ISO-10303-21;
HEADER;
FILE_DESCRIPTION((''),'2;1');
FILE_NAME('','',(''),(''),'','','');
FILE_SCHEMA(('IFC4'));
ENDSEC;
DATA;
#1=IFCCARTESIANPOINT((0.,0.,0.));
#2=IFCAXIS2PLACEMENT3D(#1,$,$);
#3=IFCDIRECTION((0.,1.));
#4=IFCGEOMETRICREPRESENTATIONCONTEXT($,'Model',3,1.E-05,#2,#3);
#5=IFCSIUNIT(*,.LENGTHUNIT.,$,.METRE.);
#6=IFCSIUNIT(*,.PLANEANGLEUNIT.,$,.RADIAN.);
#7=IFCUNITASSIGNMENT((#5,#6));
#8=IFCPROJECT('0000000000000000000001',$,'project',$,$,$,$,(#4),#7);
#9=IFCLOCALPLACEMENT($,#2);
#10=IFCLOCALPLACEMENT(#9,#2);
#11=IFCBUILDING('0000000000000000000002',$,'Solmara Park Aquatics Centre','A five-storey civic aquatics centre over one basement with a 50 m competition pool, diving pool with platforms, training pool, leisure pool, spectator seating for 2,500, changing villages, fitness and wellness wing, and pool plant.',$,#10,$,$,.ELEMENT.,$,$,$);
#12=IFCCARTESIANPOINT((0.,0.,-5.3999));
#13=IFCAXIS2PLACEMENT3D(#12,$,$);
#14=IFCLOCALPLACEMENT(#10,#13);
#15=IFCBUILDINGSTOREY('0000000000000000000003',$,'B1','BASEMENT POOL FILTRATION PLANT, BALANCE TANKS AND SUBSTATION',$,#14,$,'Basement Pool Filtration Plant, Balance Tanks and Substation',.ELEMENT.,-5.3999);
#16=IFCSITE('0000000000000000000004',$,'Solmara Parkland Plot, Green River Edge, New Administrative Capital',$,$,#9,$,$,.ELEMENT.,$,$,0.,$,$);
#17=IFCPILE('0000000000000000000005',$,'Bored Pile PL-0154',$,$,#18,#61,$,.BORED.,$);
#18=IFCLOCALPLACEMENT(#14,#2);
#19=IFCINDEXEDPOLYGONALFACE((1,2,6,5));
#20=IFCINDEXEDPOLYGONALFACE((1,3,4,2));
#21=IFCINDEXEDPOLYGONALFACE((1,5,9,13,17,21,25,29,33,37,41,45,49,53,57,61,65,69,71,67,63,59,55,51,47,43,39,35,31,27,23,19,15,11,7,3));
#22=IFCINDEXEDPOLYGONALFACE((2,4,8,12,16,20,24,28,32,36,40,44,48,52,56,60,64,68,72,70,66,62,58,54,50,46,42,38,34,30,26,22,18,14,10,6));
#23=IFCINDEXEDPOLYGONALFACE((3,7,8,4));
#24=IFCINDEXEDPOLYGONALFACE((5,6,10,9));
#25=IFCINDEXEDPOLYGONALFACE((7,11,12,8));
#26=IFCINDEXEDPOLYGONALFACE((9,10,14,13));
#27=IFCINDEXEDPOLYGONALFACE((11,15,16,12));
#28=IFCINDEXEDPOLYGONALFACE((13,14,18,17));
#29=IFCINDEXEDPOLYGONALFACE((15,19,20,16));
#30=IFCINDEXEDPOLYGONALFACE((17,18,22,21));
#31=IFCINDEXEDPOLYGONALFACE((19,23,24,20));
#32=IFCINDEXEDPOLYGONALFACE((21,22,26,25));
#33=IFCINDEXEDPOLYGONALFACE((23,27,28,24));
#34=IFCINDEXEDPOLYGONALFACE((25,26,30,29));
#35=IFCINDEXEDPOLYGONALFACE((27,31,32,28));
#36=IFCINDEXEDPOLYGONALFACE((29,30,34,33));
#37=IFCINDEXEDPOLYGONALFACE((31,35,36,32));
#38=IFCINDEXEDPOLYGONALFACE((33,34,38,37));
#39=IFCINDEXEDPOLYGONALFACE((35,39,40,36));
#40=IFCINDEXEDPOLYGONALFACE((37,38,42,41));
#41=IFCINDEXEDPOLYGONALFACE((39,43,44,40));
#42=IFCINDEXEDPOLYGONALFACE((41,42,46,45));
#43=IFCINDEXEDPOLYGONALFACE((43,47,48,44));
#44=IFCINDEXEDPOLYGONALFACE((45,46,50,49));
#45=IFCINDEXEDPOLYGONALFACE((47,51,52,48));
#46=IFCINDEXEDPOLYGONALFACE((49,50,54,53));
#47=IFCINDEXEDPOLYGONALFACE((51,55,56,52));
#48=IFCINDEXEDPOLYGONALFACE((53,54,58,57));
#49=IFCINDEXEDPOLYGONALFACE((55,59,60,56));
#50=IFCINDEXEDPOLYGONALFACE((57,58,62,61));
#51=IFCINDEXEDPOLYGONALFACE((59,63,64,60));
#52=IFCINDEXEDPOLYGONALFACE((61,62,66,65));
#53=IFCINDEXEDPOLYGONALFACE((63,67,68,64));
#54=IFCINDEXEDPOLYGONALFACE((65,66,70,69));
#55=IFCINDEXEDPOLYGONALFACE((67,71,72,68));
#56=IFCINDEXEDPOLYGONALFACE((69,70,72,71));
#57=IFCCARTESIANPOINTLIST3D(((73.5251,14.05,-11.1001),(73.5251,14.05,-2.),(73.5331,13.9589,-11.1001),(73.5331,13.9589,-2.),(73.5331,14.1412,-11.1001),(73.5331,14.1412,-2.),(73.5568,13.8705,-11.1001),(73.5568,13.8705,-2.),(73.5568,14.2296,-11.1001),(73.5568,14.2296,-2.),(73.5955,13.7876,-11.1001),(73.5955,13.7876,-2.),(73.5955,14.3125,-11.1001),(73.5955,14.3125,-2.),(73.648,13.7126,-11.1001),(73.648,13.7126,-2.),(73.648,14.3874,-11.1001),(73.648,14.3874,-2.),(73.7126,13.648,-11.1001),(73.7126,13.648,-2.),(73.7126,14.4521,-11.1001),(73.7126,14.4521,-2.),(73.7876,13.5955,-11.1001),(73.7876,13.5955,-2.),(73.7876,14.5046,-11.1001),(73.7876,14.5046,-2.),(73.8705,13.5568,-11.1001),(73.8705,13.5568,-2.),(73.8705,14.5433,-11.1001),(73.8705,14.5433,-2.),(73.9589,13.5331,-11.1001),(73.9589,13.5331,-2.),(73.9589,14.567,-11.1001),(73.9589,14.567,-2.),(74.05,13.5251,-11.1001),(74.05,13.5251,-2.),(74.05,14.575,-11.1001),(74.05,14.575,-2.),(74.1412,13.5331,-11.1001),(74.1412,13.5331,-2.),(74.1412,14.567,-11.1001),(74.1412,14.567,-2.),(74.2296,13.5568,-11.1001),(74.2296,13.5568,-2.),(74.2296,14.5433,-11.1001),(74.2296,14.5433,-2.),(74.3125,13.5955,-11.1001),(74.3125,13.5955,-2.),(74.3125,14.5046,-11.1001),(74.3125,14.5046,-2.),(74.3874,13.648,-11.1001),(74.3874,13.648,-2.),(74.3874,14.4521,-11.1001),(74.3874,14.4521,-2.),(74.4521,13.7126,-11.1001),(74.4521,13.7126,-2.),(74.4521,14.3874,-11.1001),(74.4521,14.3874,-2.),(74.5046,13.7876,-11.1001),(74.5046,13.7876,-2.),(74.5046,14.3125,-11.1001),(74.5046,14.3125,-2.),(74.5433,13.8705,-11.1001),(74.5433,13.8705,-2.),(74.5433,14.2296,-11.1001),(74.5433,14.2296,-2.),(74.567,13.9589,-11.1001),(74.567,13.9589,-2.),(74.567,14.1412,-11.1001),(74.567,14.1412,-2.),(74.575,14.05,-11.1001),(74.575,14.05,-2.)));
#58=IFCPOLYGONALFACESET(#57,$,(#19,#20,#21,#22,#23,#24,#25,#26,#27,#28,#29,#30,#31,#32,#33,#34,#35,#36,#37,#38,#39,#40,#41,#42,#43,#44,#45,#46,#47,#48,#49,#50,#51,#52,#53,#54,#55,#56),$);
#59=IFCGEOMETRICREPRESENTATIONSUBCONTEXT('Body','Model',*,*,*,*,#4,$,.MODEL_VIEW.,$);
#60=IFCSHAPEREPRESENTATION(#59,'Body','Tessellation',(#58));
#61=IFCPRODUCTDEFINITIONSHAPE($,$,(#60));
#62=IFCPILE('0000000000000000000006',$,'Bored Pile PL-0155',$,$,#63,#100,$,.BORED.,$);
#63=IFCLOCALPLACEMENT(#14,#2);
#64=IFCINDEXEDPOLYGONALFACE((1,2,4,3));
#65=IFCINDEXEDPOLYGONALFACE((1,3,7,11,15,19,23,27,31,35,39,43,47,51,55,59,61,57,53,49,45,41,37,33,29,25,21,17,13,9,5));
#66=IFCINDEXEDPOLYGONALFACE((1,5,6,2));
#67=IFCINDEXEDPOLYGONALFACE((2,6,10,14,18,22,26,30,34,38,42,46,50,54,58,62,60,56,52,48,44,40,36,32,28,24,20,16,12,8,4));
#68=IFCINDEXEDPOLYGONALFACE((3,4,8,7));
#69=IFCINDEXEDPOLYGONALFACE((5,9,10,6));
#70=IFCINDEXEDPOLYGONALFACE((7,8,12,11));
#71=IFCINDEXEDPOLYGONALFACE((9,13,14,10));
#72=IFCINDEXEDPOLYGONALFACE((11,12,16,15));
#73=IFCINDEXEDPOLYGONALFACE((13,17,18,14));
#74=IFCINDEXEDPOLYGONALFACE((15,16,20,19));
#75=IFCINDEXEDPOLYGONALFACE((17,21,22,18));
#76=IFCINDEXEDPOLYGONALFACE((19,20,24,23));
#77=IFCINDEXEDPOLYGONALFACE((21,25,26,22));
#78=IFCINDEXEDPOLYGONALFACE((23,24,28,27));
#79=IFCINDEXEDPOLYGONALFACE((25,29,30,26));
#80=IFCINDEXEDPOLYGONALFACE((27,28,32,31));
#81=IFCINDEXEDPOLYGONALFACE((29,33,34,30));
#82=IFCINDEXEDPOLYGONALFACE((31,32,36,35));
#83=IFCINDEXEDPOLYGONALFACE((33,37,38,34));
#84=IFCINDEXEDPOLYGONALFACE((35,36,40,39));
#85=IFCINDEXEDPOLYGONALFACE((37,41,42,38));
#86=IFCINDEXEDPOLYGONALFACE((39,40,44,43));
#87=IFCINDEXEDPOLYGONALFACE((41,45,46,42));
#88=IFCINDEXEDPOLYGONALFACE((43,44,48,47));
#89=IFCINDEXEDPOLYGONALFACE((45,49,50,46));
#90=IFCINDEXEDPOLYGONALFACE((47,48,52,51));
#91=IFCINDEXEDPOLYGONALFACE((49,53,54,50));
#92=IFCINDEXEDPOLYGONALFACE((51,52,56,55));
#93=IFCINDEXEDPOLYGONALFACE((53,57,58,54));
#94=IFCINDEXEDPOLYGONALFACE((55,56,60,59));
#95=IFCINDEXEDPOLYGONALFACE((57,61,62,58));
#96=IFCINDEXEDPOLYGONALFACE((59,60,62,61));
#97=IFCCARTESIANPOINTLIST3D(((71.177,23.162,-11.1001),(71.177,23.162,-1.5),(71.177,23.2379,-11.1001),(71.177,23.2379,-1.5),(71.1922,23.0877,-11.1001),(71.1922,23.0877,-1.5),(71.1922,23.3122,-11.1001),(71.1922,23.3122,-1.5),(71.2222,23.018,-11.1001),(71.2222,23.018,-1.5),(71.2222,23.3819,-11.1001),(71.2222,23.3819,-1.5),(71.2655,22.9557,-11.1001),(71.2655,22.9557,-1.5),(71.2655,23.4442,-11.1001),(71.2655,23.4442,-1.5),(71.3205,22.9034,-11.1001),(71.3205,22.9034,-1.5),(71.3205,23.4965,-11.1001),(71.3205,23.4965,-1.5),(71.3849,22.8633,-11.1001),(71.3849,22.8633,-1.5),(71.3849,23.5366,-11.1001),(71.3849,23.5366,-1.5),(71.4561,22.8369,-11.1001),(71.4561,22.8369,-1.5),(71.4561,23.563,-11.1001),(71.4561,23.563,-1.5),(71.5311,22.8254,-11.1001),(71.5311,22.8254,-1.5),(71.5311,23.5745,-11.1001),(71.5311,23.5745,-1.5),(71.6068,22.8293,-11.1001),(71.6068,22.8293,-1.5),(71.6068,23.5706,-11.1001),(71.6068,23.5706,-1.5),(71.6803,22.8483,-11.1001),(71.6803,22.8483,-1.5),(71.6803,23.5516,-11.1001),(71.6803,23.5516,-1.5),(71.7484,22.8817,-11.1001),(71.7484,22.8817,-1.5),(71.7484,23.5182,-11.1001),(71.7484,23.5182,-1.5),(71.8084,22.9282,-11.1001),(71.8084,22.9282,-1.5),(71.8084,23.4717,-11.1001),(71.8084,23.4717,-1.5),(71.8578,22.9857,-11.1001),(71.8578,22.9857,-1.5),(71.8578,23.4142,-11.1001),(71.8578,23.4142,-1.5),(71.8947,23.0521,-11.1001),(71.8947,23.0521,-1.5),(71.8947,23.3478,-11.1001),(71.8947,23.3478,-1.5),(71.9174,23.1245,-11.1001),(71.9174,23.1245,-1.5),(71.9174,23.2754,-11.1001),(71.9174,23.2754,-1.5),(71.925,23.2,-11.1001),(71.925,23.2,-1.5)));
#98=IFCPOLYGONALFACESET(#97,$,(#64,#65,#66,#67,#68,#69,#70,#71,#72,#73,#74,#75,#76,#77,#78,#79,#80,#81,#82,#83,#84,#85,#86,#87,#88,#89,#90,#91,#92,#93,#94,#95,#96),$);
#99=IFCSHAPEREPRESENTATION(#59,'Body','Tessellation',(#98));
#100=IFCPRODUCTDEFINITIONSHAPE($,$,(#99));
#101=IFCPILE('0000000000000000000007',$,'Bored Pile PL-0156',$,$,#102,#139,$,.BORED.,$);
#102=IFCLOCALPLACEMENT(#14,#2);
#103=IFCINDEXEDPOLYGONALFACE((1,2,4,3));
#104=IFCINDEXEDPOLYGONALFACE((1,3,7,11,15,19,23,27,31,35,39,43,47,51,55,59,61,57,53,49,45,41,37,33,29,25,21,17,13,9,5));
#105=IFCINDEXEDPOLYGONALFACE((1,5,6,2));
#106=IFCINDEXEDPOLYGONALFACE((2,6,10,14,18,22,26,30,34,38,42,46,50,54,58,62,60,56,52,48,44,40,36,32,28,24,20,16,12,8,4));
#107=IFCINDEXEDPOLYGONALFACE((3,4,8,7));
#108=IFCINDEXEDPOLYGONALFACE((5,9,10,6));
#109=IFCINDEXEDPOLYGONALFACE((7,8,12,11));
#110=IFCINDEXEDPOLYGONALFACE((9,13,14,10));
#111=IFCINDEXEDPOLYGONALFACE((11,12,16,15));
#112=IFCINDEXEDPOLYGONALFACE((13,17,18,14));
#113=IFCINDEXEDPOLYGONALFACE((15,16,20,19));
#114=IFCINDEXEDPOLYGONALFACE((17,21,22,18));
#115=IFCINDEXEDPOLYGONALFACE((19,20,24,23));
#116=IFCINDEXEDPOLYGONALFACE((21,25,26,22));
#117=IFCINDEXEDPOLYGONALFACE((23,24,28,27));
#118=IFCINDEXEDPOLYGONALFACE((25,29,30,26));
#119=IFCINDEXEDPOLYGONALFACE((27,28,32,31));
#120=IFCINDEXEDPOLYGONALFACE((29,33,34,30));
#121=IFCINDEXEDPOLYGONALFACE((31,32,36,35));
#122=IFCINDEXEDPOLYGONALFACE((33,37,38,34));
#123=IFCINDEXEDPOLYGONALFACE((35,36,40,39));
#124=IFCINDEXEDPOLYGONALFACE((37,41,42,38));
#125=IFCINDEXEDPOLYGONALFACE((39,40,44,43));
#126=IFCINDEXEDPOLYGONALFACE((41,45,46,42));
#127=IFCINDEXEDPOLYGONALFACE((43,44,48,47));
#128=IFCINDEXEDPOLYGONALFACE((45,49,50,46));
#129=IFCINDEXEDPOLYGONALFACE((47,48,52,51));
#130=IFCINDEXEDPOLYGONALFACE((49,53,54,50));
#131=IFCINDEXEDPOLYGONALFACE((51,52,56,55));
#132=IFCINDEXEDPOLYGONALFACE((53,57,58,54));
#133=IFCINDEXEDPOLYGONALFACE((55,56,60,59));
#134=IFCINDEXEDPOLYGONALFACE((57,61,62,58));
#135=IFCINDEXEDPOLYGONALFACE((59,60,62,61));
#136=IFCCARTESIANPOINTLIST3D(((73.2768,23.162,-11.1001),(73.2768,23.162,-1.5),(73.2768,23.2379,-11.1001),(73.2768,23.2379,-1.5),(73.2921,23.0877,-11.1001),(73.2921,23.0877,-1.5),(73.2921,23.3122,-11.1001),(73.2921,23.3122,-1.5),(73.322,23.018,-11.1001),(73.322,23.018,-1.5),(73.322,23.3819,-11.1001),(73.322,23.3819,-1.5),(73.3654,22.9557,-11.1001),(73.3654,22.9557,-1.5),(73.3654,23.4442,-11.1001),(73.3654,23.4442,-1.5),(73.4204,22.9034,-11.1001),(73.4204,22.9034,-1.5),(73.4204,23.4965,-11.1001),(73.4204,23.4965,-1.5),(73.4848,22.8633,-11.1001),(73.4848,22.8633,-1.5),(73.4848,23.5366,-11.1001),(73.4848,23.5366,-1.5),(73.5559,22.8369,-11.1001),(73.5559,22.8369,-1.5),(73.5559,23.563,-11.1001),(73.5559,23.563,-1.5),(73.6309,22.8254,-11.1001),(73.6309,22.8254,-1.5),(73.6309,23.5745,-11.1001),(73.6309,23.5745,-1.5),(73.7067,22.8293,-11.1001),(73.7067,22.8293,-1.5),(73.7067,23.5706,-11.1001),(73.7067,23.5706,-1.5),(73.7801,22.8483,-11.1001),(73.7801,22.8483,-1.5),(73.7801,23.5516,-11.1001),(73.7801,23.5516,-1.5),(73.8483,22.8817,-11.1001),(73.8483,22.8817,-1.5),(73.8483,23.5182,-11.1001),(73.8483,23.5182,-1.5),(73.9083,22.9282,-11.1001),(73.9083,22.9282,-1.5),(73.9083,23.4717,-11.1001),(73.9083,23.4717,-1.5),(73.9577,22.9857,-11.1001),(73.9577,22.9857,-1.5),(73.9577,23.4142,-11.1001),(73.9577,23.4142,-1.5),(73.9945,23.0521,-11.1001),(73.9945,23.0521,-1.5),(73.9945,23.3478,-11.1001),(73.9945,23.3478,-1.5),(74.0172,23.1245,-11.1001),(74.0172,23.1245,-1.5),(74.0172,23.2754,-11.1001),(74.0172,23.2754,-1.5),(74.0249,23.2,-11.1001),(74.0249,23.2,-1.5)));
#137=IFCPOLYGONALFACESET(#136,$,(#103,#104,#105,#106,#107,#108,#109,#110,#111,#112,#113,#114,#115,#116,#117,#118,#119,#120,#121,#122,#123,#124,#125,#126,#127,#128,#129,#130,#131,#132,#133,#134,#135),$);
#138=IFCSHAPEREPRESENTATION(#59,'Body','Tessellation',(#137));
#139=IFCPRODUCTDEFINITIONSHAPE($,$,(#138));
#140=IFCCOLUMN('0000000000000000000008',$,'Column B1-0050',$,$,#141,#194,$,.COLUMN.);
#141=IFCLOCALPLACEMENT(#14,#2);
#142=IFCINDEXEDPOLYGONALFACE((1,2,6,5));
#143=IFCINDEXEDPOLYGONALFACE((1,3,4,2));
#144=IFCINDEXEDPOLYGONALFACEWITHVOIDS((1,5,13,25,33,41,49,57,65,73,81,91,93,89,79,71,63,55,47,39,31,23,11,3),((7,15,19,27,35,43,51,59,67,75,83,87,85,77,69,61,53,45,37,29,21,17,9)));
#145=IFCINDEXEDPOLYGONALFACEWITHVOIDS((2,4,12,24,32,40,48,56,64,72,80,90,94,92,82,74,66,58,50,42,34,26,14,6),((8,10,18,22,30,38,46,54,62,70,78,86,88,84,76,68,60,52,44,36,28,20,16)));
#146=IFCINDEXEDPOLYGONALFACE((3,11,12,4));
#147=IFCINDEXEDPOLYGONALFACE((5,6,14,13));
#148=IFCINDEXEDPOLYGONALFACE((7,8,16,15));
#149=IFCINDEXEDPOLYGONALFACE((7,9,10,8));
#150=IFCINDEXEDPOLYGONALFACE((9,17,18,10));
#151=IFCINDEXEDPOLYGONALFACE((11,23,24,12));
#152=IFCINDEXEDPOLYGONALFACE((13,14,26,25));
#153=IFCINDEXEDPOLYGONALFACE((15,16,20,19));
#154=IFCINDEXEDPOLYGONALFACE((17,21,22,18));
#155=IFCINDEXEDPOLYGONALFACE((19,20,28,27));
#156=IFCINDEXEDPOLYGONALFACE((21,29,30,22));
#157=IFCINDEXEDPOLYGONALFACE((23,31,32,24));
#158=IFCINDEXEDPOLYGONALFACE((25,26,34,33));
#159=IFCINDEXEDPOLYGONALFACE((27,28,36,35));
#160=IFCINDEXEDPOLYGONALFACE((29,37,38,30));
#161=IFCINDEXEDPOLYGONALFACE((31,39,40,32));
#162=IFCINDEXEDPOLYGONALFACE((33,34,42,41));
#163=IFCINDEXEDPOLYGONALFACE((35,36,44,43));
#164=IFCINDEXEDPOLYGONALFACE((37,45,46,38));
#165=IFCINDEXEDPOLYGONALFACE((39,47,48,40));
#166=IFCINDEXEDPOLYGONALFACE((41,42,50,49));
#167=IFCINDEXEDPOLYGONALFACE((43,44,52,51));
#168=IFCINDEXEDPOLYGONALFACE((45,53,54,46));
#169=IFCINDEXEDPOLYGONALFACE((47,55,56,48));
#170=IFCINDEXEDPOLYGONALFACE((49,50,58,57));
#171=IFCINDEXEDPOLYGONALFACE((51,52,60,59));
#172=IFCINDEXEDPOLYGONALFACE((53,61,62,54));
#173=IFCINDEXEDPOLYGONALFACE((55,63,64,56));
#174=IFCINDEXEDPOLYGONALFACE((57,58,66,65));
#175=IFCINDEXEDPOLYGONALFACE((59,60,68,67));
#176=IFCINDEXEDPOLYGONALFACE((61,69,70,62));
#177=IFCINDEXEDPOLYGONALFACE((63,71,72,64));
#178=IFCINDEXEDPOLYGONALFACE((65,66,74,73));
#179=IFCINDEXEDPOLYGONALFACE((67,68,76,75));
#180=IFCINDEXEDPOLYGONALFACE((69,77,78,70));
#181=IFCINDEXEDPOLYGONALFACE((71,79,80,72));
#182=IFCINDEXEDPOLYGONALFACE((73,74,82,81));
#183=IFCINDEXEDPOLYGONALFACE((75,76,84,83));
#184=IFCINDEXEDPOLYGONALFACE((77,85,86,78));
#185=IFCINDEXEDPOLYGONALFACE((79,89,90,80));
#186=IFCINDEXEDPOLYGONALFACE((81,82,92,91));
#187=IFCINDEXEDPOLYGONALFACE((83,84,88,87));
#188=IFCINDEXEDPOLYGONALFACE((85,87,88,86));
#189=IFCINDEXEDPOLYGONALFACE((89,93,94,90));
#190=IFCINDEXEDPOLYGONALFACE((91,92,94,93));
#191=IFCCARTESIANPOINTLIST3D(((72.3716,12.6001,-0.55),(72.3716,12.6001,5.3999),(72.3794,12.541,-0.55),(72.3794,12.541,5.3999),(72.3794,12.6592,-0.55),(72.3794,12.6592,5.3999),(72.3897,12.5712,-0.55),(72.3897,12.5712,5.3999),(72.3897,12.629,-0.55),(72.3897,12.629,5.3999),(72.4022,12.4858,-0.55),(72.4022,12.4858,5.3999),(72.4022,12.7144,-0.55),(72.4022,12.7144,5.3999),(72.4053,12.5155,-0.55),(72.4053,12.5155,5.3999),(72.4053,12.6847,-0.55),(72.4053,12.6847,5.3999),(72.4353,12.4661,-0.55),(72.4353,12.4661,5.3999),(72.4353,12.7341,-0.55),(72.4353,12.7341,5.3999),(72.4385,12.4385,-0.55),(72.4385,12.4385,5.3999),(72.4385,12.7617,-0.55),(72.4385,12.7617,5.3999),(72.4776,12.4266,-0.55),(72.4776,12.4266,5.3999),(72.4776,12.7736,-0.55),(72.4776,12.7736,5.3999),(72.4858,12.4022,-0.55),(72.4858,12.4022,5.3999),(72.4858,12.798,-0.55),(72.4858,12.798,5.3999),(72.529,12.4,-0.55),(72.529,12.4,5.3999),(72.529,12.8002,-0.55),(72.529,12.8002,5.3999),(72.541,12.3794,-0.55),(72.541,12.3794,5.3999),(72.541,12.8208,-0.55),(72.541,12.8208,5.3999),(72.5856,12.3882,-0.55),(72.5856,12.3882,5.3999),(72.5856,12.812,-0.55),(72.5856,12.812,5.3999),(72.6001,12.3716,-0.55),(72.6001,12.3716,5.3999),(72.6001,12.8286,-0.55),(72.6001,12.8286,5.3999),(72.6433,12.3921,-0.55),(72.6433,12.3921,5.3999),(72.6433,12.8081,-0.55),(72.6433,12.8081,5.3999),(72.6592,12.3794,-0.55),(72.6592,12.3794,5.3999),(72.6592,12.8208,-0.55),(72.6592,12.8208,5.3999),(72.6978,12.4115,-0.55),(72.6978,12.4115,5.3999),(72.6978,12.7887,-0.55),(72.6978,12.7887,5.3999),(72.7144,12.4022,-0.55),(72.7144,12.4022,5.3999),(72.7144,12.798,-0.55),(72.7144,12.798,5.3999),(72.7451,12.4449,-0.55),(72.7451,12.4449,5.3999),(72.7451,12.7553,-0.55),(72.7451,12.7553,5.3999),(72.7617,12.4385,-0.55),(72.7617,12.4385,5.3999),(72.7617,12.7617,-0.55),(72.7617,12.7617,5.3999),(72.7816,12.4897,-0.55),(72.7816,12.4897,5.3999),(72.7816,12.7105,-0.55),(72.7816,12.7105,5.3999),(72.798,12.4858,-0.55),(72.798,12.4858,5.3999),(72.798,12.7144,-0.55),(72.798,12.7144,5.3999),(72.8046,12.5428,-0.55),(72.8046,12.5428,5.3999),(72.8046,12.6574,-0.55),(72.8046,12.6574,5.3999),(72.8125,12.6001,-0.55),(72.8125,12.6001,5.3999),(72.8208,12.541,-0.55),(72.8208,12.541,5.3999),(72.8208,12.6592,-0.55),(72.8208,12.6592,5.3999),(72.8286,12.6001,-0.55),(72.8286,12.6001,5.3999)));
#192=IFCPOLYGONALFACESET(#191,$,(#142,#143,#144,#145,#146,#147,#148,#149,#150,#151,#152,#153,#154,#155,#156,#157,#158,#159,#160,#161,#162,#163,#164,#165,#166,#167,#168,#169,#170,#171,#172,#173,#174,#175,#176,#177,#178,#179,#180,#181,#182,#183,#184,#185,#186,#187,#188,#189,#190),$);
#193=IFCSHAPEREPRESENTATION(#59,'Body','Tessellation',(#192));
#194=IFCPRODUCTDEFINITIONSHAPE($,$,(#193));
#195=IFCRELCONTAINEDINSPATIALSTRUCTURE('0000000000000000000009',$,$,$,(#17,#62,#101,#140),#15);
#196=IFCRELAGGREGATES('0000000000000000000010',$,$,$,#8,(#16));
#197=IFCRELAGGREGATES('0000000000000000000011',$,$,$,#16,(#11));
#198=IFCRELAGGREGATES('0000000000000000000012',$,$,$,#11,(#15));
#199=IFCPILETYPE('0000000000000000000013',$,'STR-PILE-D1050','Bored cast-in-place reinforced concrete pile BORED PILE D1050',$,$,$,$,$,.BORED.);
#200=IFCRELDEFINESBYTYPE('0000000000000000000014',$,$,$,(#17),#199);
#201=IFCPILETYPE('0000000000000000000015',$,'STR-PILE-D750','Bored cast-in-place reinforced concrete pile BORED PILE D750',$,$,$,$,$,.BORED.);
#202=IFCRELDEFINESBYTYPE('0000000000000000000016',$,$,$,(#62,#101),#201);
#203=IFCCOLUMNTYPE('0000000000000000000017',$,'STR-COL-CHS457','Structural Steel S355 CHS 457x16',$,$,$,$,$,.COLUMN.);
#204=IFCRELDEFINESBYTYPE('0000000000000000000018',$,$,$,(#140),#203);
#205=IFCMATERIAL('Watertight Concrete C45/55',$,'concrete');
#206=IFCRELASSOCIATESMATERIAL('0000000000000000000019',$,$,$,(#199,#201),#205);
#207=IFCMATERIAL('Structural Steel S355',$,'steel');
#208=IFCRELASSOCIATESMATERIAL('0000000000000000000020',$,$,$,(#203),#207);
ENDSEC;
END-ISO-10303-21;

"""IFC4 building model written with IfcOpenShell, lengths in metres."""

from ifc_helpers import new_model, si_unit, direction, frame, origin, origin_2d, place, context, subcontext, project, spatial, circle, hollow_circle, extrude, material, material_profile, profile_set, type_object, element, save


model = new_model("IFC4")

# Units and contexts
model_context = context("Model", 3, precision=1e-05, world=origin(), true_north=direction((0.0, 1.0)))
body_context = subcontext(model_context, "Body", "Model", "MODEL_VIEW")
ifc_project = project(units=[si_unit("LENGTHUNIT", "METRE"), si_unit("PLANEANGLEUNIT", "RADIAN")], contexts=[model_context])

# Site, building, storey
site_placement = place(None, origin())
site = spatial("IfcSite", under=ifc_project, at=site_placement, Name="Solmara Parkland Plot, Green River Edge, New Administrative Capital", CompositionType="ELEMENT", RefElevation=0.0)
building_placement = place(site_placement, origin())
building = spatial("IfcBuilding", under=site, at=building_placement, Name="Solmara Park Aquatics Centre", Description="A five-storey civic aquatics centre over one basement with a 50 m competition pool, diving pool with platforms, training pool, leisure pool, spectator seating for 2,500, changing villages, fitness and wellness wing, and pool plant.", CompositionType="ELEMENT")
storey_placement = place(building_placement, frame((0.0, 0.0, -5.3999)))
storey = spatial("IfcBuildingStorey", under=building, at=storey_placement, Name="B1", Description="BASEMENT POOL FILTRATION PLANT, BALANCE TANKS AND SUBSTATION", LongName="Basement Pool Filtration Plant, Balance Tanks and Substation", CompositionType="ELEMENT", Elevation=-5.3999)

# Shared definitions
ifc_material_1 = material(Name="Watertight Concrete C45/55", Category="concrete")

# Piles
ifc_material_profile_1 = material_profile(ifc_material_1, circle(Radius=0.5249, at=origin_2d()), Name="BORED PILE D1050")
ifc_profile_set_1 = profile_set([ifc_material_profile_1], Name="Watertight Concrete C45/55")
pile_type_1 = type_object("IfcPileType", Name="STR-PILE-D1050", Description="Bored cast-in-place reinforced concrete pile BORED PILE D1050", PredefinedType="BORED", material=ifc_profile_set_1)
for number, where, z_axis, x_axis, name in (
    (1, (74.05, 14.05, -2.0), (0.0, 0.0, -1.0), (1.0, 0.0, 0.0), "Bored Pile PL-0154"),
):
    element("IfcPile", number, at=place(storey_placement, frame(where, z_axis=z_axis, x_axis=x_axis)), inside=storey, type_object=pile_type_1, Name=name, PredefinedType="BORED", context=body_context, shape_type="SweptSolid", body=[
        extrude(circle(Radius=0.5249, at=origin_2d()), origin(), (0.0, 0.0, 1.0), 9.1001),
    ])
ifc_material_profile_2 = material_profile(ifc_material_1, circle(Radius=0.375, at=origin_2d()), Name="BORED PILE D750")
ifc_profile_set_2 = profile_set([ifc_material_profile_2], Name="Watertight Concrete C45/55")
pile_type_2 = type_object("IfcPileType", Name="STR-PILE-D750", Description="Bored cast-in-place reinforced concrete pile BORED PILE D750", PredefinedType="BORED", material=ifc_profile_set_2)
for number, where, z_axis, x_axis, name in (
    (2, (71.55, 23.2, -1.5), (0.0, 0.0, -1.0), (1.0, 0.0, 0.0), "Bored Pile PL-0155"),
    (3, (73.6499, 23.2, -1.5), (0.0, 0.0, -1.0), (1.0, 0.0, 0.0), "Bored Pile PL-0156"),
):
    element("IfcPile", number, at=place(storey_placement, frame(where, z_axis=z_axis, x_axis=x_axis)), inside=storey, type_object=pile_type_2, Name=name, PredefinedType="BORED", context=body_context, shape_type="SweptSolid", body=[
        extrude(circle(Radius=0.375, at=origin_2d()), origin(), (0.0, 0.0, 1.0), 9.6001),
    ])

# Column
ifc_material_2 = material(Name="Structural Steel S355", Category="steel")
ifc_material_profile_3 = material_profile(ifc_material_2, hollow_circle(Radius=0.2285, WallThickness=0.0161, at=origin_2d()), Name="CHS 457x16")
ifc_profile_set_3 = profile_set([ifc_material_profile_3], Name="Structural Steel S355")
column_type_1 = type_object("IfcColumnType", Name="STR-COL-CHS457", Description="Structural Steel S355 CHS 457x16", PredefinedType="COLUMN", material=ifc_profile_set_3)
column_1_placement = place(storey_placement, frame((72.6001, 12.6001, -0.55), z_axis=(0.0, 0.0, 1.0), x_axis=(1.0, 0.0, 0.0)))
element("IfcColumn", 4, at=column_1_placement, inside=storey, type_object=column_type_1, Name="Column B1-0050", PredefinedType="COLUMN", context=body_context, shape_type="SweptSolid", body=[
    extrude(hollow_circle(Radius=0.2285, WallThickness=0.0161, at=origin_2d()), origin(), (0.0, 0.0, 1.0), 5.95),
])

save(model, "model.ifc")
